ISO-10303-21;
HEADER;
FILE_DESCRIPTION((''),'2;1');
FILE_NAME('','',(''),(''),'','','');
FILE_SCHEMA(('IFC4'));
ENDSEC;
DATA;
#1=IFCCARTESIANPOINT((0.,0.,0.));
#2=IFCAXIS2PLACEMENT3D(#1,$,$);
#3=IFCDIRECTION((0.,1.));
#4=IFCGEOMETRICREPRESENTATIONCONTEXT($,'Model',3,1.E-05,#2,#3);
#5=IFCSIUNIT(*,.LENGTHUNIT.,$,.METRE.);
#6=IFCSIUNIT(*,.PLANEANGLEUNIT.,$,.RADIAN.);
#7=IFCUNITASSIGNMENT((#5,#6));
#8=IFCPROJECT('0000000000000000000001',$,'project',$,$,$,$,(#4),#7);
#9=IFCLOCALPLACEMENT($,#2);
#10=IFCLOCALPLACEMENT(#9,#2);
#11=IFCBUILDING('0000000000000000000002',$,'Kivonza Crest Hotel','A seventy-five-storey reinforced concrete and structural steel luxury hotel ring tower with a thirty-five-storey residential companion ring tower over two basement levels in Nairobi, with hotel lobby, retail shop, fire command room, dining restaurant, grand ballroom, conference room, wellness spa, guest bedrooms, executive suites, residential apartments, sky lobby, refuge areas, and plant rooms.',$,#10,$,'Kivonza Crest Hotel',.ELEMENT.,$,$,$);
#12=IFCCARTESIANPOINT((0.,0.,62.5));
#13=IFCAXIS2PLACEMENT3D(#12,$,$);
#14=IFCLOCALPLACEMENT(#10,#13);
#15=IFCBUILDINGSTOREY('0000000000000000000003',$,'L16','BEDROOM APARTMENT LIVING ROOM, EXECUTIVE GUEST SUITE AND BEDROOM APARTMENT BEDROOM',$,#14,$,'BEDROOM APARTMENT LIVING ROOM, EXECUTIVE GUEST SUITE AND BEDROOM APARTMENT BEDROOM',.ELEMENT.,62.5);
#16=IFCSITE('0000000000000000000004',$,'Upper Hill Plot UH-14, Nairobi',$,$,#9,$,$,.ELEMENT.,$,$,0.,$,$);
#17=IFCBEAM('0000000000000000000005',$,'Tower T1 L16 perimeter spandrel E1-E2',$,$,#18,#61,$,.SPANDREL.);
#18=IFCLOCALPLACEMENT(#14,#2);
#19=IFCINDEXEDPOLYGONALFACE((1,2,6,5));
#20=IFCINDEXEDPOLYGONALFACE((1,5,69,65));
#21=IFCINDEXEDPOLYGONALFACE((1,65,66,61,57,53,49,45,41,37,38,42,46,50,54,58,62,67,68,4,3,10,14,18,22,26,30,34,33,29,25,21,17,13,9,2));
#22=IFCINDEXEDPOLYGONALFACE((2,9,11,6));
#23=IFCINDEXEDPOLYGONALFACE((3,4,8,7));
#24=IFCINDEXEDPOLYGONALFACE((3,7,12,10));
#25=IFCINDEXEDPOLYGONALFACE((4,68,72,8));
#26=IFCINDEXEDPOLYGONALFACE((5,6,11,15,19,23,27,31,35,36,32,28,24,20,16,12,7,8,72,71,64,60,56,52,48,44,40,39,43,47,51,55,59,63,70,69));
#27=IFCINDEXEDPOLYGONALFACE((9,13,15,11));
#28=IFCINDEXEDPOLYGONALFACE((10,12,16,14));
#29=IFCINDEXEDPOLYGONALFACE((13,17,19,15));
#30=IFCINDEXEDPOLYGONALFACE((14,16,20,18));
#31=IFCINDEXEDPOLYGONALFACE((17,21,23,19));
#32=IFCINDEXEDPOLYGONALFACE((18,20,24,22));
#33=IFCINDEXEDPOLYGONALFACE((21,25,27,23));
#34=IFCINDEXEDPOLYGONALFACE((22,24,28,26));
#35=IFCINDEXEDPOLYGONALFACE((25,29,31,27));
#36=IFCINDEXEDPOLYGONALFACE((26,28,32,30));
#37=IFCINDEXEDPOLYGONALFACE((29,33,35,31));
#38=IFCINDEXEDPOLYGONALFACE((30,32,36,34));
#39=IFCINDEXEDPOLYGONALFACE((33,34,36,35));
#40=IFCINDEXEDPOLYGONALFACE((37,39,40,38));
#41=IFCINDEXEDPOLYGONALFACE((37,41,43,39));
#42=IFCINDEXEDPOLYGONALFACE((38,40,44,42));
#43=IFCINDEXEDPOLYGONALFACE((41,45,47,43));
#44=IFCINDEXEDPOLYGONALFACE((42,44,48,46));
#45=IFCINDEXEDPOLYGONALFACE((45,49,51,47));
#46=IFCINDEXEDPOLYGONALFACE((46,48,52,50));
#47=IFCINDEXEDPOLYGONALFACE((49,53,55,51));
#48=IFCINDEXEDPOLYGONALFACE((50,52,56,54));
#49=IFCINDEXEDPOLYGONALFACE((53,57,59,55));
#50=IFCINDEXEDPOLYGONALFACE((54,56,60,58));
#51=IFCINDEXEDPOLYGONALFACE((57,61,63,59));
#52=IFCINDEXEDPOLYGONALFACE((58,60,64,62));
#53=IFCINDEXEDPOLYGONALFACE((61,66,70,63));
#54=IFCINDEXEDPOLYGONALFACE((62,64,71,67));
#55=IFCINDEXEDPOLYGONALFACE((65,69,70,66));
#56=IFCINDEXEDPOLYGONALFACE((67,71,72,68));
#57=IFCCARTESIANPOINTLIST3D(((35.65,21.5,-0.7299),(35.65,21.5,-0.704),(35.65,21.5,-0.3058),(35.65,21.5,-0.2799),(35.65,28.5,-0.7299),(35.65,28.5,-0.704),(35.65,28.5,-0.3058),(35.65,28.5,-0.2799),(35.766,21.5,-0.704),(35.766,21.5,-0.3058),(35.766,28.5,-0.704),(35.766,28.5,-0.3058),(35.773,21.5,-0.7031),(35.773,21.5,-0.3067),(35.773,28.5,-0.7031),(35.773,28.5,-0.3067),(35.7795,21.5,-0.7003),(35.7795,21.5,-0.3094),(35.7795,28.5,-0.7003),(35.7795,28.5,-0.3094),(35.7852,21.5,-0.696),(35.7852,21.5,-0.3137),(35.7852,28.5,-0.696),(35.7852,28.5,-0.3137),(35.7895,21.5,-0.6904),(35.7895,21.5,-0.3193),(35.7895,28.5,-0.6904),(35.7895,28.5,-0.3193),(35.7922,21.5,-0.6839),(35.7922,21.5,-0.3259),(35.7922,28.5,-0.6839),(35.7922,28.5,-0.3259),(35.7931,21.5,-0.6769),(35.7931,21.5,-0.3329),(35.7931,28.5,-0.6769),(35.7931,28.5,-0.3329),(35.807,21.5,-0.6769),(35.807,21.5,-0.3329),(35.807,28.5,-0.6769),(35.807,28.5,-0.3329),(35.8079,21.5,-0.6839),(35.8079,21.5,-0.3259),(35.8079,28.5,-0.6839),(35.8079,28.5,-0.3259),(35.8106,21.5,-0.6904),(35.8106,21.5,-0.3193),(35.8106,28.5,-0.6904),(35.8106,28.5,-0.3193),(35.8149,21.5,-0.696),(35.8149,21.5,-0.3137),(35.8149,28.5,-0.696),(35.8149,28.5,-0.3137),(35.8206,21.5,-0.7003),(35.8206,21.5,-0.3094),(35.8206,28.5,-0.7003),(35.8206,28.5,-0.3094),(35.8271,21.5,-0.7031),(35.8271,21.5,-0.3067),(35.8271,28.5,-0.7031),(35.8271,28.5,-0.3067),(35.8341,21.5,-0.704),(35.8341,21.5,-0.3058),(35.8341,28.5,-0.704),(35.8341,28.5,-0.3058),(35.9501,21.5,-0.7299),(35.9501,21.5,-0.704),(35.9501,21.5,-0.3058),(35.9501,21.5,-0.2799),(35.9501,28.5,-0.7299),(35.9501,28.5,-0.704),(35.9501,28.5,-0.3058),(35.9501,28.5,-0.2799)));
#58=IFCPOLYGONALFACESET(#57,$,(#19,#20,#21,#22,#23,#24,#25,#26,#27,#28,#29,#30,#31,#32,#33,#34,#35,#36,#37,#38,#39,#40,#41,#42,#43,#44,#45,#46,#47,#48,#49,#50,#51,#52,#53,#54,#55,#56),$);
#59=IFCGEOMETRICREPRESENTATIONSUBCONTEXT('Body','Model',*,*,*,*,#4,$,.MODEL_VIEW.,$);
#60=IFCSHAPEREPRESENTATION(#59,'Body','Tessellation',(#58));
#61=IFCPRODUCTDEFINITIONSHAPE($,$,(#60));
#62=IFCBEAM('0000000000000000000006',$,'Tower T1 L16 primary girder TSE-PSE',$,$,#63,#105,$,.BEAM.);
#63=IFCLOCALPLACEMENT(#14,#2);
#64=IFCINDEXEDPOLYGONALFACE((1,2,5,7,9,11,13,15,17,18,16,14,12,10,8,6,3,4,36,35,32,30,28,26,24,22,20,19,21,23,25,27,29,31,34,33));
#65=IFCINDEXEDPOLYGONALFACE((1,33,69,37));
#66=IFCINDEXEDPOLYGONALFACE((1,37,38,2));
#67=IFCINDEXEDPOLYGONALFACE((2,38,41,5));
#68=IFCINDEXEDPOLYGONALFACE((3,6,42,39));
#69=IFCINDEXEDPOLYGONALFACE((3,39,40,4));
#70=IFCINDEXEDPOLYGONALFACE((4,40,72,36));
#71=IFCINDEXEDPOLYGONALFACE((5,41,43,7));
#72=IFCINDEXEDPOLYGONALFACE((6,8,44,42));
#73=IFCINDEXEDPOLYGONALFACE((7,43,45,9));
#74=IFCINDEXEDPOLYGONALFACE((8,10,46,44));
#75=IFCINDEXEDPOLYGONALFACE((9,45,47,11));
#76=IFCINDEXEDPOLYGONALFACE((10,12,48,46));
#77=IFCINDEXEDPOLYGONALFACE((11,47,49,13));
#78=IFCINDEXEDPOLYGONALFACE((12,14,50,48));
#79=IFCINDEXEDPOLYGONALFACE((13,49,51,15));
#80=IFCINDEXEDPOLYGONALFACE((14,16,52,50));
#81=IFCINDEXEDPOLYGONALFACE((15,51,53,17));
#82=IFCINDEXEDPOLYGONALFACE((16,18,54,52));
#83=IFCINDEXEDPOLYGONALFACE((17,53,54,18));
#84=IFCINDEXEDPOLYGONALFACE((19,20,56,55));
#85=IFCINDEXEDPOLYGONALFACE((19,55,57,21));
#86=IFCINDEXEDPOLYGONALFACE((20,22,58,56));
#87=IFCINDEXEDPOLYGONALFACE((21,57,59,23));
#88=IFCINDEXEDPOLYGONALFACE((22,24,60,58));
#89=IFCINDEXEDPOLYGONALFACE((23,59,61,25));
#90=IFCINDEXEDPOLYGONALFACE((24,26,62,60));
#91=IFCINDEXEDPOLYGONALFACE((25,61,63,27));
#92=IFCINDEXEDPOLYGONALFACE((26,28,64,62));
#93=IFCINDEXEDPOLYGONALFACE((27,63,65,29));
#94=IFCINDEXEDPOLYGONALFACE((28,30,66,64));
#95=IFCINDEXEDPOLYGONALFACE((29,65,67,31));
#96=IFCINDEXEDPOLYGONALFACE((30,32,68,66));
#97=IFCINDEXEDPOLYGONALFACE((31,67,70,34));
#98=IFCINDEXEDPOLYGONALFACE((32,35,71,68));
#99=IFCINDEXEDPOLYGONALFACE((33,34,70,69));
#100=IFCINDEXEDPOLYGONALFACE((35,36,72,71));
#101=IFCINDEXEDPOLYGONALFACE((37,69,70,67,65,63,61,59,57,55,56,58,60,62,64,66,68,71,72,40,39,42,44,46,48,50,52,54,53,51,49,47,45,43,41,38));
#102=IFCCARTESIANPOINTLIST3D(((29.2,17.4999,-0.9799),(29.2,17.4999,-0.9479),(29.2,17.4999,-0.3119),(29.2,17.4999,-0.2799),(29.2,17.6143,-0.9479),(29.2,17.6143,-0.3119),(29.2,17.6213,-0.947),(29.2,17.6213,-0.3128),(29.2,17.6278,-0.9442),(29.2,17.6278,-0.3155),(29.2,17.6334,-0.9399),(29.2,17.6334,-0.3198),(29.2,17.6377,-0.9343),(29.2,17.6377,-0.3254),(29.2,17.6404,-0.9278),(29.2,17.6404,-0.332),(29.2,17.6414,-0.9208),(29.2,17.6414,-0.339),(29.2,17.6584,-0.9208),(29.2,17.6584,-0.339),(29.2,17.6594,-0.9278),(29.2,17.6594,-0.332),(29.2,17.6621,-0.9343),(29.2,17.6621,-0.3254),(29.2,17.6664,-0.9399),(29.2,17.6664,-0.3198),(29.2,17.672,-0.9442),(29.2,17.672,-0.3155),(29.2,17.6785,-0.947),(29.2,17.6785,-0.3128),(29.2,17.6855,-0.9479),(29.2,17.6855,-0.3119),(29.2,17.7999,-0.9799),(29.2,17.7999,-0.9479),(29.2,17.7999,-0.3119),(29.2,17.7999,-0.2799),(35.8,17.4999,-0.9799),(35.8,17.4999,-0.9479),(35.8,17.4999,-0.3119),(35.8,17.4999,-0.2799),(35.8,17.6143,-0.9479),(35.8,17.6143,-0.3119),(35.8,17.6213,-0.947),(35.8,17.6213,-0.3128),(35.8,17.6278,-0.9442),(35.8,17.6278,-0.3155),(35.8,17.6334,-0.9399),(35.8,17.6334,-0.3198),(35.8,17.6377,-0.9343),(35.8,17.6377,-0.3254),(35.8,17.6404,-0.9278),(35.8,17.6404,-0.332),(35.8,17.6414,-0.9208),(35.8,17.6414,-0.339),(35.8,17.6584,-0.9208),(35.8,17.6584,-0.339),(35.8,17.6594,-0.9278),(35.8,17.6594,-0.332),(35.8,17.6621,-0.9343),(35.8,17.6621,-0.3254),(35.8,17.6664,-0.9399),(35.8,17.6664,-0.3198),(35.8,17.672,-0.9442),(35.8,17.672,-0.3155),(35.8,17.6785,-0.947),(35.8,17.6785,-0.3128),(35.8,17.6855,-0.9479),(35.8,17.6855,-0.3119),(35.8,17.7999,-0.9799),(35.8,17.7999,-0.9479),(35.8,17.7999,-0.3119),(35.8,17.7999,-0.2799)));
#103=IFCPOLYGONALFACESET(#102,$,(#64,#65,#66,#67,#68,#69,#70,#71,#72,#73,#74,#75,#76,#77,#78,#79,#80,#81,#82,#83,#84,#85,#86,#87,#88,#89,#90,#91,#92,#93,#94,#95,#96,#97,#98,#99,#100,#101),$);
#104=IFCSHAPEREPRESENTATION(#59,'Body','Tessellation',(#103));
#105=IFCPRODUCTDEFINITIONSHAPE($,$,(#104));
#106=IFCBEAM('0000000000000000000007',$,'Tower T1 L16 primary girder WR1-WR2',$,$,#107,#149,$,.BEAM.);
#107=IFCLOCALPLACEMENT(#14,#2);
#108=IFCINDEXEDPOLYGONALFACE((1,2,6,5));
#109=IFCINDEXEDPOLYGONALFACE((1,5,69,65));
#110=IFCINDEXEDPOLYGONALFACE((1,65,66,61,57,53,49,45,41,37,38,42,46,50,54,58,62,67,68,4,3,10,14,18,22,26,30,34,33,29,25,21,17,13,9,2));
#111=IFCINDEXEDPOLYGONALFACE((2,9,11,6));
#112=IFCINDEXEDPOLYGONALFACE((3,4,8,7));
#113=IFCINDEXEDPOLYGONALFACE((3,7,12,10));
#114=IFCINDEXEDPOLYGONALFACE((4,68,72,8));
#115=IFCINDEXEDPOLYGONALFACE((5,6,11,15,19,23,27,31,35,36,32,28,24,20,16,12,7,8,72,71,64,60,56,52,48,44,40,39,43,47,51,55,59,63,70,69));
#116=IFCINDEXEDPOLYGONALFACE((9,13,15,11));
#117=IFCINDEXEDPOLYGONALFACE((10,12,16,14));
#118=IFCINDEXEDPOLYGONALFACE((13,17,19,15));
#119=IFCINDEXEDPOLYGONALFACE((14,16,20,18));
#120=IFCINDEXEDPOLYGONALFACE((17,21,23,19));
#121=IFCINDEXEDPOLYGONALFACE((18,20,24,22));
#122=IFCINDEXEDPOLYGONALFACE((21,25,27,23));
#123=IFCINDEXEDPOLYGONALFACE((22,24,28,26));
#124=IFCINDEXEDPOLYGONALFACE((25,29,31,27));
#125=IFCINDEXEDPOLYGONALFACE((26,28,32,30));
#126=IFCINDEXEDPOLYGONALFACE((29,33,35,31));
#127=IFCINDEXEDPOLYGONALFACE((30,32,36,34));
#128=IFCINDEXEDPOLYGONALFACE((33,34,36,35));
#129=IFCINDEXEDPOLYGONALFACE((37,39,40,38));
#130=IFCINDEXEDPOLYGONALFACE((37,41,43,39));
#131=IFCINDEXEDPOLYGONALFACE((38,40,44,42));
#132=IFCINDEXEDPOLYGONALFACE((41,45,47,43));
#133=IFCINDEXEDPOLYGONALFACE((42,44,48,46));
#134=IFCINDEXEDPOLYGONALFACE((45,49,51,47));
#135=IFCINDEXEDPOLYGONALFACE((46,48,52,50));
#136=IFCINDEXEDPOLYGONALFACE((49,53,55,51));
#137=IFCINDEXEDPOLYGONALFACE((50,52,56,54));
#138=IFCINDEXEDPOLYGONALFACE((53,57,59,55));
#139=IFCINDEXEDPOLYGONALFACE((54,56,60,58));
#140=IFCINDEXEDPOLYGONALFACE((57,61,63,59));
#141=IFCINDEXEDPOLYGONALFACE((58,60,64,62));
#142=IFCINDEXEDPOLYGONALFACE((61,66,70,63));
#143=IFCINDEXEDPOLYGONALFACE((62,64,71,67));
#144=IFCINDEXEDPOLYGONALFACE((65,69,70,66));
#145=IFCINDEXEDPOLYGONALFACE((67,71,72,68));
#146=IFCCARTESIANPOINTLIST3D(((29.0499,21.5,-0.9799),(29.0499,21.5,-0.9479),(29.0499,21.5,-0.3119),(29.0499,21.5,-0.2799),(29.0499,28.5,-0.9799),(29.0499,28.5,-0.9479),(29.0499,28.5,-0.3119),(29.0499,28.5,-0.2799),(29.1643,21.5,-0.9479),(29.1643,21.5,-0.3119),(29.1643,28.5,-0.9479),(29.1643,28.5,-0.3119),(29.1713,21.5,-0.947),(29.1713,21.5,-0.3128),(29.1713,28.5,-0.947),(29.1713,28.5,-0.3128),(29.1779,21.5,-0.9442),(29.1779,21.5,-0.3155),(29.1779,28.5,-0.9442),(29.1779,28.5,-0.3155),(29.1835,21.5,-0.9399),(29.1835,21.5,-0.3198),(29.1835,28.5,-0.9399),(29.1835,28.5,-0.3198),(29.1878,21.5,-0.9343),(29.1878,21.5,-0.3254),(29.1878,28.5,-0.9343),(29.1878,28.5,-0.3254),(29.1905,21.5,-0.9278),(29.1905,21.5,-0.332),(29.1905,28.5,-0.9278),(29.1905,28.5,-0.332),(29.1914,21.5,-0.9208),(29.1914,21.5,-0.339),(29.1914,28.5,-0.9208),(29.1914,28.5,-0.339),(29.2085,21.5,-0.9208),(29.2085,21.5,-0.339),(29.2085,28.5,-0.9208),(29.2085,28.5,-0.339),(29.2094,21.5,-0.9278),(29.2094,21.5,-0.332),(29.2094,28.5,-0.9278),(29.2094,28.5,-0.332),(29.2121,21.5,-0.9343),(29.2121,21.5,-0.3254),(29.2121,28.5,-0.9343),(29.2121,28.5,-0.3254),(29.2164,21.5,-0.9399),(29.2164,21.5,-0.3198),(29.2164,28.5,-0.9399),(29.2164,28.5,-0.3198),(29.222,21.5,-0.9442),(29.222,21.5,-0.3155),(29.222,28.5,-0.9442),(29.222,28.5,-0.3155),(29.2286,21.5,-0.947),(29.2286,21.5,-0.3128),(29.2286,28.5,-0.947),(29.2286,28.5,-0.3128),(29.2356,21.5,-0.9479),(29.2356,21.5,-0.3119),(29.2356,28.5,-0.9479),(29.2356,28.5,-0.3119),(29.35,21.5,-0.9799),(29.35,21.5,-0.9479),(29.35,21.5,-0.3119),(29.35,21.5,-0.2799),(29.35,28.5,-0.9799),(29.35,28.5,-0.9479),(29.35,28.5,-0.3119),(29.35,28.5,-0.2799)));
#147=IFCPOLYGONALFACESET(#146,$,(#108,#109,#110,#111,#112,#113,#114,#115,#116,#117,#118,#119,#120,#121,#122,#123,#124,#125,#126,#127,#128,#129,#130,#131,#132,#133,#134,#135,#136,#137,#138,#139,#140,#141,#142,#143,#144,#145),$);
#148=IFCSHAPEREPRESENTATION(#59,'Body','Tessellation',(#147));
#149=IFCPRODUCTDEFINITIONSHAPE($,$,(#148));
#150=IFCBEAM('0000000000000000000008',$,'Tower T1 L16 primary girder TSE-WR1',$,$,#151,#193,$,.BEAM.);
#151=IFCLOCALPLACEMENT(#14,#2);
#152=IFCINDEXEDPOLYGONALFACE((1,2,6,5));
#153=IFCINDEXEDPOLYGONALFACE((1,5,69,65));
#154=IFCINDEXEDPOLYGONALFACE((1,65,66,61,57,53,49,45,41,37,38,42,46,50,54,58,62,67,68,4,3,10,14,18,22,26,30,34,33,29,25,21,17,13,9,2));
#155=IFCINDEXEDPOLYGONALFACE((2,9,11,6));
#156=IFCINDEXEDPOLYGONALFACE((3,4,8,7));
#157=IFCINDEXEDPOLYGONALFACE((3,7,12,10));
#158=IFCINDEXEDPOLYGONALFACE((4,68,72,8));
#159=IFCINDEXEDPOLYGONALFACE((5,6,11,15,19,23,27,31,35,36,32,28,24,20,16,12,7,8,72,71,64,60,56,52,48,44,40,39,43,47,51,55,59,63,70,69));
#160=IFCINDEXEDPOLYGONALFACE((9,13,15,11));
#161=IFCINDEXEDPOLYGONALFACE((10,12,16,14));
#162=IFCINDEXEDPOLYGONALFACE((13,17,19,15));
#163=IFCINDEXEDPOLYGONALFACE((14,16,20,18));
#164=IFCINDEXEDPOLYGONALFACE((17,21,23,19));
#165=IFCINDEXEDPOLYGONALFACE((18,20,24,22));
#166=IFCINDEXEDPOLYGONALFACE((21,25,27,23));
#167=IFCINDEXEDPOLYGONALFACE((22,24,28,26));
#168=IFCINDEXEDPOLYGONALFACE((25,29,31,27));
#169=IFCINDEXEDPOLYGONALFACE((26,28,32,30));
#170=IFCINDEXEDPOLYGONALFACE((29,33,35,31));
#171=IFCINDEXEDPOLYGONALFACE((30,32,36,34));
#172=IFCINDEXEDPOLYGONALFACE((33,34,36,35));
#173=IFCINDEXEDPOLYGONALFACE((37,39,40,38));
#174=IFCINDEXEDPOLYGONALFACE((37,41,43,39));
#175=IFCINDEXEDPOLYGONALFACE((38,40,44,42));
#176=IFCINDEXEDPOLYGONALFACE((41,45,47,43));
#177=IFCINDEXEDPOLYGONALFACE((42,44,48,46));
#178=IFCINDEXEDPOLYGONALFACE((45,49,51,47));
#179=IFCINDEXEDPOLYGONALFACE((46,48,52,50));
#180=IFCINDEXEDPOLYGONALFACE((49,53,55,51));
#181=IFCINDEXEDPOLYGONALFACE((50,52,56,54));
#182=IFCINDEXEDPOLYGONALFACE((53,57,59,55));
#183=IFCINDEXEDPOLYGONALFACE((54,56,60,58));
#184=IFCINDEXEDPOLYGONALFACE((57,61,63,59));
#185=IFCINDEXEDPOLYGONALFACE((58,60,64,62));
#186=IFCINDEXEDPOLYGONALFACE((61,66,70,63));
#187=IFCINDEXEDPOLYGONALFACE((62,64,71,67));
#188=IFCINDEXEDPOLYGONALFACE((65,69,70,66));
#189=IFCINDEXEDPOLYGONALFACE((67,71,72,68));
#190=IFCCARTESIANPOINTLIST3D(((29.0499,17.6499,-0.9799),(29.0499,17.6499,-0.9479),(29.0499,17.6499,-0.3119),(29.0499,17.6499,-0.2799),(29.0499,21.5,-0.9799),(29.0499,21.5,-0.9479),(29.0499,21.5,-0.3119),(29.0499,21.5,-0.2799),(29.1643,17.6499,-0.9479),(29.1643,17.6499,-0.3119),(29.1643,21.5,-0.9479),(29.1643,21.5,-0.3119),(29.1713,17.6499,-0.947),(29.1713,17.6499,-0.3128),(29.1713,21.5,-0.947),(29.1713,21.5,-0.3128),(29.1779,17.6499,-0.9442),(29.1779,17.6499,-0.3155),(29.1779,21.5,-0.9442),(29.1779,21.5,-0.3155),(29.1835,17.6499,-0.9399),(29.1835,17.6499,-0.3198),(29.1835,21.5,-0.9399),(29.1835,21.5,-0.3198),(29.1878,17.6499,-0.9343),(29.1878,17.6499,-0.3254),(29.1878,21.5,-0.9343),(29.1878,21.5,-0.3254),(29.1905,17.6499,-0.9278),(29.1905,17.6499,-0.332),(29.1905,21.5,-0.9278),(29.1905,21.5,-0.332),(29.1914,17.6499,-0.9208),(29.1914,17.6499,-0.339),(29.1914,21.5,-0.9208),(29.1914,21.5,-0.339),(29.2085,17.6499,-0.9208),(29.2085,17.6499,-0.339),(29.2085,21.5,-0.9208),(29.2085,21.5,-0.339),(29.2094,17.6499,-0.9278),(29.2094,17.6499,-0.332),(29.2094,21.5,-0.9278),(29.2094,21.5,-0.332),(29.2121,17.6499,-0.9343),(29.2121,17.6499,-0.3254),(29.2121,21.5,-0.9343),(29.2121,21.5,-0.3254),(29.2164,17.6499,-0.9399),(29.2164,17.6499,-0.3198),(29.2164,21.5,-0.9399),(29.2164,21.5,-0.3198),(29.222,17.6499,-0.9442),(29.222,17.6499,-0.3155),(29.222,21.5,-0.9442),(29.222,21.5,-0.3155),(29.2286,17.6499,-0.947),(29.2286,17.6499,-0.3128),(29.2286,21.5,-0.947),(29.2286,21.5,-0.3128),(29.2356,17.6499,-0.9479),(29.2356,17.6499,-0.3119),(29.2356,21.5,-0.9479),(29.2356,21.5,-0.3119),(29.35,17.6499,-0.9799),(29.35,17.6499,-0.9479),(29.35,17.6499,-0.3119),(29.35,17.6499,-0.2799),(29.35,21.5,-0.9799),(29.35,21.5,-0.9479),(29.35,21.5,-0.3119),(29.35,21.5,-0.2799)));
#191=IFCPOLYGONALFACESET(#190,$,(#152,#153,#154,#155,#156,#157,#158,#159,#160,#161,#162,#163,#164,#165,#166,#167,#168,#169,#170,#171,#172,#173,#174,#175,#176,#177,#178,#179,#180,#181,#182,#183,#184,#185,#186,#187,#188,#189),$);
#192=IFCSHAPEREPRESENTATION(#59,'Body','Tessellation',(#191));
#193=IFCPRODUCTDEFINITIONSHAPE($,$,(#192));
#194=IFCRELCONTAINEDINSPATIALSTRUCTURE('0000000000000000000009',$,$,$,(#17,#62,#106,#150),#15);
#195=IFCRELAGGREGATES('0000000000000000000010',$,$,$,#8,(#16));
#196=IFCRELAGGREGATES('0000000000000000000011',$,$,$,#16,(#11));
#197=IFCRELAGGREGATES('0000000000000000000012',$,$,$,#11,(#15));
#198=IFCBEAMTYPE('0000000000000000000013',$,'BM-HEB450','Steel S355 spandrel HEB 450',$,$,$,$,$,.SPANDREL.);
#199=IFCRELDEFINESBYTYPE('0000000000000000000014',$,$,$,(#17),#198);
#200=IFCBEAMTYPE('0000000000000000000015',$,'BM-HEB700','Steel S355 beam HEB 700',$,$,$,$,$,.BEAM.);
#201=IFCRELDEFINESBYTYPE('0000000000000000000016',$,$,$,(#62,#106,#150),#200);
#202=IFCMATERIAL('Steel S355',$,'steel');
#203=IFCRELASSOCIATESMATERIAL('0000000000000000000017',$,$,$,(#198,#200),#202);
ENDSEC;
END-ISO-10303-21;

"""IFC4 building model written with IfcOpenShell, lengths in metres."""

from ifc_helpers import new_model, si_unit, direction, frame, origin, origin_2d, place, context, subcontext, project, spatial, i_section, extrude, material, material_profile, profile_set, type_object, element, save


model = new_model("IFC4")

# Units and contexts
model_context = context("Model", 3, precision=1e-05, world=origin(), true_north=direction((0.0, 1.0)))
body_context = subcontext(model_context, "Body", "Model", "MODEL_VIEW")
ifc_project = project(units=[si_unit("LENGTHUNIT", "METRE"), si_unit("PLANEANGLEUNIT", "RADIAN")], contexts=[model_context])

# Site, building, storey
site_placement = place(None, origin())
site = spatial("IfcSite", under=ifc_project, at=site_placement, Name="Upper Hill Plot UH-14, Nairobi", CompositionType="ELEMENT", RefElevation=0.0)
building_placement = place(site_placement, origin())
building = spatial("IfcBuilding", under=site, at=building_placement, Name="Kivonza Crest Hotel", Description="A seventy-five-storey reinforced concrete and structural steel luxury hotel ring tower with a thirty-five-storey residential companion ring tower over two basement levels in Nairobi, with hotel lobby, retail shop, fire command room, dining restaurant, grand ballroom, conference room, wellness spa, guest bedrooms, executive suites, residential apartments, sky lobby, refuge areas, and plant rooms.", LongName="Kivonza Crest Hotel", CompositionType="ELEMENT")
storey_placement = place(building_placement, frame((0.0, 0.0, 62.5)))
storey = spatial("IfcBuildingStorey", under=building, at=storey_placement, Name="L16", Description="BEDROOM APARTMENT LIVING ROOM, EXECUTIVE GUEST SUITE AND BEDROOM APARTMENT BEDROOM", LongName="BEDROOM APARTMENT LIVING ROOM, EXECUTIVE GUEST SUITE AND BEDROOM APARTMENT BEDROOM", CompositionType="ELEMENT", Elevation=62.5)

# Beams
ifc_material_1 = material(Name="Steel S355", Category="steel")
ifc_material_profile_1 = material_profile(ifc_material_1, i_section(OverallWidth=0.3, OverallDepth=0.45, WebThickness=0.0139, FlangeThickness=0.0259, FilletRadius=0.0271, at=origin_2d()), Name="HEB 450")
ifc_profile_set_1 = profile_set([ifc_material_profile_1], Name="Steel S355")
beam_type_1 = type_object("IfcBeamType", Name="BM-HEB450", Description="Steel S355 spandrel HEB 450", PredefinedType="SPANDREL", material=ifc_profile_set_1)
beam_1_placement = place(storey_placement, frame((35.8, 21.5, -0.5049), z_axis=(0.0, 1.0, 0.0), x_axis=(-1.0, 0.0, 0.0)))
element("IfcBeam", 1, at=beam_1_placement, inside=storey, type_object=beam_type_1, Name="Tower T1 L16 perimeter spandrel E1-E2", PredefinedType="SPANDREL", context=body_context, shape_type="SweptSolid", body=[
    extrude(i_section(OverallWidth=0.3, OverallDepth=0.45, WebThickness=0.0139, FlangeThickness=0.0259, FilletRadius=0.0271, at=origin_2d()), origin(), (0.0, 0.0, 1.0), 7.0),
])
ifc_material_profile_2 = material_profile(ifc_material_1, i_section(OverallWidth=0.3, OverallDepth=0.7, WebThickness=0.0171, FlangeThickness=0.032, FilletRadius=0.0271, at=origin_2d()), Name="HEB 700")
ifc_profile_set_2 = profile_set([ifc_material_profile_2], Name="Steel S355")
beam_type_2 = type_object("IfcBeamType", Name="BM-HEB700", Description="Steel S355 beam HEB 700", PredefinedType="BEAM", material=ifc_profile_set_2)
beam_2_placement = place(storey_placement, frame((29.2, 17.6499, -0.6299), z_axis=(1.0, 0.0, 0.0), x_axis=(0.0, 1.0, 0.0)))
element("IfcBeam", 2, at=beam_2_placement, inside=storey, type_object=beam_type_2, Name="Tower T1 L16 primary girder TSE-PSE", PredefinedType="BEAM", context=body_context, shape_type="SweptSolid", body=[
    extrude(i_section(OverallWidth=0.3, OverallDepth=0.7, WebThickness=0.0171, FlangeThickness=0.032, FilletRadius=0.0271, at=origin_2d()), origin(), (0.0, 0.0, 1.0), 6.6001),
])
beam_3_placement = place(storey_placement, frame((29.2, 21.5, -0.6299), z_axis=(0.0, 1.0, 0.0), x_axis=(-1.0, 0.0, 0.0)))
element("IfcBeam", 3, at=beam_3_placement, inside=storey, type_object=beam_type_2, Name="Tower T1 L16 primary girder WR1-WR2", PredefinedType="BEAM", context=body_context, shape_type="SweptSolid", body=[
    extrude(i_section(OverallWidth=0.3, OverallDepth=0.7, WebThickness=0.0171, FlangeThickness=0.032, FilletRadius=0.0271, at=origin_2d()), origin(), (0.0, 0.0, 1.0), 7.0),
])
beam_4_placement = place(storey_placement, frame((29.2, 17.6499, -0.6299), z_axis=(0.0, 1.0, 0.0), x_axis=(-1.0, 0.0, 0.0)))
element("IfcBeam", 4, at=beam_4_placement, inside=storey, type_object=beam_type_2, Name="Tower T1 L16 primary girder TSE-WR1", PredefinedType="BEAM", context=body_context, shape_type="SweptSolid", body=[
    extrude(i_section(OverallWidth=0.3, OverallDepth=0.7, WebThickness=0.0171, FlangeThickness=0.032, FilletRadius=0.0271, at=origin_2d()), origin(), (0.0, 0.0, 1.0), 3.8501),
])

save(model, "model.ifc")
